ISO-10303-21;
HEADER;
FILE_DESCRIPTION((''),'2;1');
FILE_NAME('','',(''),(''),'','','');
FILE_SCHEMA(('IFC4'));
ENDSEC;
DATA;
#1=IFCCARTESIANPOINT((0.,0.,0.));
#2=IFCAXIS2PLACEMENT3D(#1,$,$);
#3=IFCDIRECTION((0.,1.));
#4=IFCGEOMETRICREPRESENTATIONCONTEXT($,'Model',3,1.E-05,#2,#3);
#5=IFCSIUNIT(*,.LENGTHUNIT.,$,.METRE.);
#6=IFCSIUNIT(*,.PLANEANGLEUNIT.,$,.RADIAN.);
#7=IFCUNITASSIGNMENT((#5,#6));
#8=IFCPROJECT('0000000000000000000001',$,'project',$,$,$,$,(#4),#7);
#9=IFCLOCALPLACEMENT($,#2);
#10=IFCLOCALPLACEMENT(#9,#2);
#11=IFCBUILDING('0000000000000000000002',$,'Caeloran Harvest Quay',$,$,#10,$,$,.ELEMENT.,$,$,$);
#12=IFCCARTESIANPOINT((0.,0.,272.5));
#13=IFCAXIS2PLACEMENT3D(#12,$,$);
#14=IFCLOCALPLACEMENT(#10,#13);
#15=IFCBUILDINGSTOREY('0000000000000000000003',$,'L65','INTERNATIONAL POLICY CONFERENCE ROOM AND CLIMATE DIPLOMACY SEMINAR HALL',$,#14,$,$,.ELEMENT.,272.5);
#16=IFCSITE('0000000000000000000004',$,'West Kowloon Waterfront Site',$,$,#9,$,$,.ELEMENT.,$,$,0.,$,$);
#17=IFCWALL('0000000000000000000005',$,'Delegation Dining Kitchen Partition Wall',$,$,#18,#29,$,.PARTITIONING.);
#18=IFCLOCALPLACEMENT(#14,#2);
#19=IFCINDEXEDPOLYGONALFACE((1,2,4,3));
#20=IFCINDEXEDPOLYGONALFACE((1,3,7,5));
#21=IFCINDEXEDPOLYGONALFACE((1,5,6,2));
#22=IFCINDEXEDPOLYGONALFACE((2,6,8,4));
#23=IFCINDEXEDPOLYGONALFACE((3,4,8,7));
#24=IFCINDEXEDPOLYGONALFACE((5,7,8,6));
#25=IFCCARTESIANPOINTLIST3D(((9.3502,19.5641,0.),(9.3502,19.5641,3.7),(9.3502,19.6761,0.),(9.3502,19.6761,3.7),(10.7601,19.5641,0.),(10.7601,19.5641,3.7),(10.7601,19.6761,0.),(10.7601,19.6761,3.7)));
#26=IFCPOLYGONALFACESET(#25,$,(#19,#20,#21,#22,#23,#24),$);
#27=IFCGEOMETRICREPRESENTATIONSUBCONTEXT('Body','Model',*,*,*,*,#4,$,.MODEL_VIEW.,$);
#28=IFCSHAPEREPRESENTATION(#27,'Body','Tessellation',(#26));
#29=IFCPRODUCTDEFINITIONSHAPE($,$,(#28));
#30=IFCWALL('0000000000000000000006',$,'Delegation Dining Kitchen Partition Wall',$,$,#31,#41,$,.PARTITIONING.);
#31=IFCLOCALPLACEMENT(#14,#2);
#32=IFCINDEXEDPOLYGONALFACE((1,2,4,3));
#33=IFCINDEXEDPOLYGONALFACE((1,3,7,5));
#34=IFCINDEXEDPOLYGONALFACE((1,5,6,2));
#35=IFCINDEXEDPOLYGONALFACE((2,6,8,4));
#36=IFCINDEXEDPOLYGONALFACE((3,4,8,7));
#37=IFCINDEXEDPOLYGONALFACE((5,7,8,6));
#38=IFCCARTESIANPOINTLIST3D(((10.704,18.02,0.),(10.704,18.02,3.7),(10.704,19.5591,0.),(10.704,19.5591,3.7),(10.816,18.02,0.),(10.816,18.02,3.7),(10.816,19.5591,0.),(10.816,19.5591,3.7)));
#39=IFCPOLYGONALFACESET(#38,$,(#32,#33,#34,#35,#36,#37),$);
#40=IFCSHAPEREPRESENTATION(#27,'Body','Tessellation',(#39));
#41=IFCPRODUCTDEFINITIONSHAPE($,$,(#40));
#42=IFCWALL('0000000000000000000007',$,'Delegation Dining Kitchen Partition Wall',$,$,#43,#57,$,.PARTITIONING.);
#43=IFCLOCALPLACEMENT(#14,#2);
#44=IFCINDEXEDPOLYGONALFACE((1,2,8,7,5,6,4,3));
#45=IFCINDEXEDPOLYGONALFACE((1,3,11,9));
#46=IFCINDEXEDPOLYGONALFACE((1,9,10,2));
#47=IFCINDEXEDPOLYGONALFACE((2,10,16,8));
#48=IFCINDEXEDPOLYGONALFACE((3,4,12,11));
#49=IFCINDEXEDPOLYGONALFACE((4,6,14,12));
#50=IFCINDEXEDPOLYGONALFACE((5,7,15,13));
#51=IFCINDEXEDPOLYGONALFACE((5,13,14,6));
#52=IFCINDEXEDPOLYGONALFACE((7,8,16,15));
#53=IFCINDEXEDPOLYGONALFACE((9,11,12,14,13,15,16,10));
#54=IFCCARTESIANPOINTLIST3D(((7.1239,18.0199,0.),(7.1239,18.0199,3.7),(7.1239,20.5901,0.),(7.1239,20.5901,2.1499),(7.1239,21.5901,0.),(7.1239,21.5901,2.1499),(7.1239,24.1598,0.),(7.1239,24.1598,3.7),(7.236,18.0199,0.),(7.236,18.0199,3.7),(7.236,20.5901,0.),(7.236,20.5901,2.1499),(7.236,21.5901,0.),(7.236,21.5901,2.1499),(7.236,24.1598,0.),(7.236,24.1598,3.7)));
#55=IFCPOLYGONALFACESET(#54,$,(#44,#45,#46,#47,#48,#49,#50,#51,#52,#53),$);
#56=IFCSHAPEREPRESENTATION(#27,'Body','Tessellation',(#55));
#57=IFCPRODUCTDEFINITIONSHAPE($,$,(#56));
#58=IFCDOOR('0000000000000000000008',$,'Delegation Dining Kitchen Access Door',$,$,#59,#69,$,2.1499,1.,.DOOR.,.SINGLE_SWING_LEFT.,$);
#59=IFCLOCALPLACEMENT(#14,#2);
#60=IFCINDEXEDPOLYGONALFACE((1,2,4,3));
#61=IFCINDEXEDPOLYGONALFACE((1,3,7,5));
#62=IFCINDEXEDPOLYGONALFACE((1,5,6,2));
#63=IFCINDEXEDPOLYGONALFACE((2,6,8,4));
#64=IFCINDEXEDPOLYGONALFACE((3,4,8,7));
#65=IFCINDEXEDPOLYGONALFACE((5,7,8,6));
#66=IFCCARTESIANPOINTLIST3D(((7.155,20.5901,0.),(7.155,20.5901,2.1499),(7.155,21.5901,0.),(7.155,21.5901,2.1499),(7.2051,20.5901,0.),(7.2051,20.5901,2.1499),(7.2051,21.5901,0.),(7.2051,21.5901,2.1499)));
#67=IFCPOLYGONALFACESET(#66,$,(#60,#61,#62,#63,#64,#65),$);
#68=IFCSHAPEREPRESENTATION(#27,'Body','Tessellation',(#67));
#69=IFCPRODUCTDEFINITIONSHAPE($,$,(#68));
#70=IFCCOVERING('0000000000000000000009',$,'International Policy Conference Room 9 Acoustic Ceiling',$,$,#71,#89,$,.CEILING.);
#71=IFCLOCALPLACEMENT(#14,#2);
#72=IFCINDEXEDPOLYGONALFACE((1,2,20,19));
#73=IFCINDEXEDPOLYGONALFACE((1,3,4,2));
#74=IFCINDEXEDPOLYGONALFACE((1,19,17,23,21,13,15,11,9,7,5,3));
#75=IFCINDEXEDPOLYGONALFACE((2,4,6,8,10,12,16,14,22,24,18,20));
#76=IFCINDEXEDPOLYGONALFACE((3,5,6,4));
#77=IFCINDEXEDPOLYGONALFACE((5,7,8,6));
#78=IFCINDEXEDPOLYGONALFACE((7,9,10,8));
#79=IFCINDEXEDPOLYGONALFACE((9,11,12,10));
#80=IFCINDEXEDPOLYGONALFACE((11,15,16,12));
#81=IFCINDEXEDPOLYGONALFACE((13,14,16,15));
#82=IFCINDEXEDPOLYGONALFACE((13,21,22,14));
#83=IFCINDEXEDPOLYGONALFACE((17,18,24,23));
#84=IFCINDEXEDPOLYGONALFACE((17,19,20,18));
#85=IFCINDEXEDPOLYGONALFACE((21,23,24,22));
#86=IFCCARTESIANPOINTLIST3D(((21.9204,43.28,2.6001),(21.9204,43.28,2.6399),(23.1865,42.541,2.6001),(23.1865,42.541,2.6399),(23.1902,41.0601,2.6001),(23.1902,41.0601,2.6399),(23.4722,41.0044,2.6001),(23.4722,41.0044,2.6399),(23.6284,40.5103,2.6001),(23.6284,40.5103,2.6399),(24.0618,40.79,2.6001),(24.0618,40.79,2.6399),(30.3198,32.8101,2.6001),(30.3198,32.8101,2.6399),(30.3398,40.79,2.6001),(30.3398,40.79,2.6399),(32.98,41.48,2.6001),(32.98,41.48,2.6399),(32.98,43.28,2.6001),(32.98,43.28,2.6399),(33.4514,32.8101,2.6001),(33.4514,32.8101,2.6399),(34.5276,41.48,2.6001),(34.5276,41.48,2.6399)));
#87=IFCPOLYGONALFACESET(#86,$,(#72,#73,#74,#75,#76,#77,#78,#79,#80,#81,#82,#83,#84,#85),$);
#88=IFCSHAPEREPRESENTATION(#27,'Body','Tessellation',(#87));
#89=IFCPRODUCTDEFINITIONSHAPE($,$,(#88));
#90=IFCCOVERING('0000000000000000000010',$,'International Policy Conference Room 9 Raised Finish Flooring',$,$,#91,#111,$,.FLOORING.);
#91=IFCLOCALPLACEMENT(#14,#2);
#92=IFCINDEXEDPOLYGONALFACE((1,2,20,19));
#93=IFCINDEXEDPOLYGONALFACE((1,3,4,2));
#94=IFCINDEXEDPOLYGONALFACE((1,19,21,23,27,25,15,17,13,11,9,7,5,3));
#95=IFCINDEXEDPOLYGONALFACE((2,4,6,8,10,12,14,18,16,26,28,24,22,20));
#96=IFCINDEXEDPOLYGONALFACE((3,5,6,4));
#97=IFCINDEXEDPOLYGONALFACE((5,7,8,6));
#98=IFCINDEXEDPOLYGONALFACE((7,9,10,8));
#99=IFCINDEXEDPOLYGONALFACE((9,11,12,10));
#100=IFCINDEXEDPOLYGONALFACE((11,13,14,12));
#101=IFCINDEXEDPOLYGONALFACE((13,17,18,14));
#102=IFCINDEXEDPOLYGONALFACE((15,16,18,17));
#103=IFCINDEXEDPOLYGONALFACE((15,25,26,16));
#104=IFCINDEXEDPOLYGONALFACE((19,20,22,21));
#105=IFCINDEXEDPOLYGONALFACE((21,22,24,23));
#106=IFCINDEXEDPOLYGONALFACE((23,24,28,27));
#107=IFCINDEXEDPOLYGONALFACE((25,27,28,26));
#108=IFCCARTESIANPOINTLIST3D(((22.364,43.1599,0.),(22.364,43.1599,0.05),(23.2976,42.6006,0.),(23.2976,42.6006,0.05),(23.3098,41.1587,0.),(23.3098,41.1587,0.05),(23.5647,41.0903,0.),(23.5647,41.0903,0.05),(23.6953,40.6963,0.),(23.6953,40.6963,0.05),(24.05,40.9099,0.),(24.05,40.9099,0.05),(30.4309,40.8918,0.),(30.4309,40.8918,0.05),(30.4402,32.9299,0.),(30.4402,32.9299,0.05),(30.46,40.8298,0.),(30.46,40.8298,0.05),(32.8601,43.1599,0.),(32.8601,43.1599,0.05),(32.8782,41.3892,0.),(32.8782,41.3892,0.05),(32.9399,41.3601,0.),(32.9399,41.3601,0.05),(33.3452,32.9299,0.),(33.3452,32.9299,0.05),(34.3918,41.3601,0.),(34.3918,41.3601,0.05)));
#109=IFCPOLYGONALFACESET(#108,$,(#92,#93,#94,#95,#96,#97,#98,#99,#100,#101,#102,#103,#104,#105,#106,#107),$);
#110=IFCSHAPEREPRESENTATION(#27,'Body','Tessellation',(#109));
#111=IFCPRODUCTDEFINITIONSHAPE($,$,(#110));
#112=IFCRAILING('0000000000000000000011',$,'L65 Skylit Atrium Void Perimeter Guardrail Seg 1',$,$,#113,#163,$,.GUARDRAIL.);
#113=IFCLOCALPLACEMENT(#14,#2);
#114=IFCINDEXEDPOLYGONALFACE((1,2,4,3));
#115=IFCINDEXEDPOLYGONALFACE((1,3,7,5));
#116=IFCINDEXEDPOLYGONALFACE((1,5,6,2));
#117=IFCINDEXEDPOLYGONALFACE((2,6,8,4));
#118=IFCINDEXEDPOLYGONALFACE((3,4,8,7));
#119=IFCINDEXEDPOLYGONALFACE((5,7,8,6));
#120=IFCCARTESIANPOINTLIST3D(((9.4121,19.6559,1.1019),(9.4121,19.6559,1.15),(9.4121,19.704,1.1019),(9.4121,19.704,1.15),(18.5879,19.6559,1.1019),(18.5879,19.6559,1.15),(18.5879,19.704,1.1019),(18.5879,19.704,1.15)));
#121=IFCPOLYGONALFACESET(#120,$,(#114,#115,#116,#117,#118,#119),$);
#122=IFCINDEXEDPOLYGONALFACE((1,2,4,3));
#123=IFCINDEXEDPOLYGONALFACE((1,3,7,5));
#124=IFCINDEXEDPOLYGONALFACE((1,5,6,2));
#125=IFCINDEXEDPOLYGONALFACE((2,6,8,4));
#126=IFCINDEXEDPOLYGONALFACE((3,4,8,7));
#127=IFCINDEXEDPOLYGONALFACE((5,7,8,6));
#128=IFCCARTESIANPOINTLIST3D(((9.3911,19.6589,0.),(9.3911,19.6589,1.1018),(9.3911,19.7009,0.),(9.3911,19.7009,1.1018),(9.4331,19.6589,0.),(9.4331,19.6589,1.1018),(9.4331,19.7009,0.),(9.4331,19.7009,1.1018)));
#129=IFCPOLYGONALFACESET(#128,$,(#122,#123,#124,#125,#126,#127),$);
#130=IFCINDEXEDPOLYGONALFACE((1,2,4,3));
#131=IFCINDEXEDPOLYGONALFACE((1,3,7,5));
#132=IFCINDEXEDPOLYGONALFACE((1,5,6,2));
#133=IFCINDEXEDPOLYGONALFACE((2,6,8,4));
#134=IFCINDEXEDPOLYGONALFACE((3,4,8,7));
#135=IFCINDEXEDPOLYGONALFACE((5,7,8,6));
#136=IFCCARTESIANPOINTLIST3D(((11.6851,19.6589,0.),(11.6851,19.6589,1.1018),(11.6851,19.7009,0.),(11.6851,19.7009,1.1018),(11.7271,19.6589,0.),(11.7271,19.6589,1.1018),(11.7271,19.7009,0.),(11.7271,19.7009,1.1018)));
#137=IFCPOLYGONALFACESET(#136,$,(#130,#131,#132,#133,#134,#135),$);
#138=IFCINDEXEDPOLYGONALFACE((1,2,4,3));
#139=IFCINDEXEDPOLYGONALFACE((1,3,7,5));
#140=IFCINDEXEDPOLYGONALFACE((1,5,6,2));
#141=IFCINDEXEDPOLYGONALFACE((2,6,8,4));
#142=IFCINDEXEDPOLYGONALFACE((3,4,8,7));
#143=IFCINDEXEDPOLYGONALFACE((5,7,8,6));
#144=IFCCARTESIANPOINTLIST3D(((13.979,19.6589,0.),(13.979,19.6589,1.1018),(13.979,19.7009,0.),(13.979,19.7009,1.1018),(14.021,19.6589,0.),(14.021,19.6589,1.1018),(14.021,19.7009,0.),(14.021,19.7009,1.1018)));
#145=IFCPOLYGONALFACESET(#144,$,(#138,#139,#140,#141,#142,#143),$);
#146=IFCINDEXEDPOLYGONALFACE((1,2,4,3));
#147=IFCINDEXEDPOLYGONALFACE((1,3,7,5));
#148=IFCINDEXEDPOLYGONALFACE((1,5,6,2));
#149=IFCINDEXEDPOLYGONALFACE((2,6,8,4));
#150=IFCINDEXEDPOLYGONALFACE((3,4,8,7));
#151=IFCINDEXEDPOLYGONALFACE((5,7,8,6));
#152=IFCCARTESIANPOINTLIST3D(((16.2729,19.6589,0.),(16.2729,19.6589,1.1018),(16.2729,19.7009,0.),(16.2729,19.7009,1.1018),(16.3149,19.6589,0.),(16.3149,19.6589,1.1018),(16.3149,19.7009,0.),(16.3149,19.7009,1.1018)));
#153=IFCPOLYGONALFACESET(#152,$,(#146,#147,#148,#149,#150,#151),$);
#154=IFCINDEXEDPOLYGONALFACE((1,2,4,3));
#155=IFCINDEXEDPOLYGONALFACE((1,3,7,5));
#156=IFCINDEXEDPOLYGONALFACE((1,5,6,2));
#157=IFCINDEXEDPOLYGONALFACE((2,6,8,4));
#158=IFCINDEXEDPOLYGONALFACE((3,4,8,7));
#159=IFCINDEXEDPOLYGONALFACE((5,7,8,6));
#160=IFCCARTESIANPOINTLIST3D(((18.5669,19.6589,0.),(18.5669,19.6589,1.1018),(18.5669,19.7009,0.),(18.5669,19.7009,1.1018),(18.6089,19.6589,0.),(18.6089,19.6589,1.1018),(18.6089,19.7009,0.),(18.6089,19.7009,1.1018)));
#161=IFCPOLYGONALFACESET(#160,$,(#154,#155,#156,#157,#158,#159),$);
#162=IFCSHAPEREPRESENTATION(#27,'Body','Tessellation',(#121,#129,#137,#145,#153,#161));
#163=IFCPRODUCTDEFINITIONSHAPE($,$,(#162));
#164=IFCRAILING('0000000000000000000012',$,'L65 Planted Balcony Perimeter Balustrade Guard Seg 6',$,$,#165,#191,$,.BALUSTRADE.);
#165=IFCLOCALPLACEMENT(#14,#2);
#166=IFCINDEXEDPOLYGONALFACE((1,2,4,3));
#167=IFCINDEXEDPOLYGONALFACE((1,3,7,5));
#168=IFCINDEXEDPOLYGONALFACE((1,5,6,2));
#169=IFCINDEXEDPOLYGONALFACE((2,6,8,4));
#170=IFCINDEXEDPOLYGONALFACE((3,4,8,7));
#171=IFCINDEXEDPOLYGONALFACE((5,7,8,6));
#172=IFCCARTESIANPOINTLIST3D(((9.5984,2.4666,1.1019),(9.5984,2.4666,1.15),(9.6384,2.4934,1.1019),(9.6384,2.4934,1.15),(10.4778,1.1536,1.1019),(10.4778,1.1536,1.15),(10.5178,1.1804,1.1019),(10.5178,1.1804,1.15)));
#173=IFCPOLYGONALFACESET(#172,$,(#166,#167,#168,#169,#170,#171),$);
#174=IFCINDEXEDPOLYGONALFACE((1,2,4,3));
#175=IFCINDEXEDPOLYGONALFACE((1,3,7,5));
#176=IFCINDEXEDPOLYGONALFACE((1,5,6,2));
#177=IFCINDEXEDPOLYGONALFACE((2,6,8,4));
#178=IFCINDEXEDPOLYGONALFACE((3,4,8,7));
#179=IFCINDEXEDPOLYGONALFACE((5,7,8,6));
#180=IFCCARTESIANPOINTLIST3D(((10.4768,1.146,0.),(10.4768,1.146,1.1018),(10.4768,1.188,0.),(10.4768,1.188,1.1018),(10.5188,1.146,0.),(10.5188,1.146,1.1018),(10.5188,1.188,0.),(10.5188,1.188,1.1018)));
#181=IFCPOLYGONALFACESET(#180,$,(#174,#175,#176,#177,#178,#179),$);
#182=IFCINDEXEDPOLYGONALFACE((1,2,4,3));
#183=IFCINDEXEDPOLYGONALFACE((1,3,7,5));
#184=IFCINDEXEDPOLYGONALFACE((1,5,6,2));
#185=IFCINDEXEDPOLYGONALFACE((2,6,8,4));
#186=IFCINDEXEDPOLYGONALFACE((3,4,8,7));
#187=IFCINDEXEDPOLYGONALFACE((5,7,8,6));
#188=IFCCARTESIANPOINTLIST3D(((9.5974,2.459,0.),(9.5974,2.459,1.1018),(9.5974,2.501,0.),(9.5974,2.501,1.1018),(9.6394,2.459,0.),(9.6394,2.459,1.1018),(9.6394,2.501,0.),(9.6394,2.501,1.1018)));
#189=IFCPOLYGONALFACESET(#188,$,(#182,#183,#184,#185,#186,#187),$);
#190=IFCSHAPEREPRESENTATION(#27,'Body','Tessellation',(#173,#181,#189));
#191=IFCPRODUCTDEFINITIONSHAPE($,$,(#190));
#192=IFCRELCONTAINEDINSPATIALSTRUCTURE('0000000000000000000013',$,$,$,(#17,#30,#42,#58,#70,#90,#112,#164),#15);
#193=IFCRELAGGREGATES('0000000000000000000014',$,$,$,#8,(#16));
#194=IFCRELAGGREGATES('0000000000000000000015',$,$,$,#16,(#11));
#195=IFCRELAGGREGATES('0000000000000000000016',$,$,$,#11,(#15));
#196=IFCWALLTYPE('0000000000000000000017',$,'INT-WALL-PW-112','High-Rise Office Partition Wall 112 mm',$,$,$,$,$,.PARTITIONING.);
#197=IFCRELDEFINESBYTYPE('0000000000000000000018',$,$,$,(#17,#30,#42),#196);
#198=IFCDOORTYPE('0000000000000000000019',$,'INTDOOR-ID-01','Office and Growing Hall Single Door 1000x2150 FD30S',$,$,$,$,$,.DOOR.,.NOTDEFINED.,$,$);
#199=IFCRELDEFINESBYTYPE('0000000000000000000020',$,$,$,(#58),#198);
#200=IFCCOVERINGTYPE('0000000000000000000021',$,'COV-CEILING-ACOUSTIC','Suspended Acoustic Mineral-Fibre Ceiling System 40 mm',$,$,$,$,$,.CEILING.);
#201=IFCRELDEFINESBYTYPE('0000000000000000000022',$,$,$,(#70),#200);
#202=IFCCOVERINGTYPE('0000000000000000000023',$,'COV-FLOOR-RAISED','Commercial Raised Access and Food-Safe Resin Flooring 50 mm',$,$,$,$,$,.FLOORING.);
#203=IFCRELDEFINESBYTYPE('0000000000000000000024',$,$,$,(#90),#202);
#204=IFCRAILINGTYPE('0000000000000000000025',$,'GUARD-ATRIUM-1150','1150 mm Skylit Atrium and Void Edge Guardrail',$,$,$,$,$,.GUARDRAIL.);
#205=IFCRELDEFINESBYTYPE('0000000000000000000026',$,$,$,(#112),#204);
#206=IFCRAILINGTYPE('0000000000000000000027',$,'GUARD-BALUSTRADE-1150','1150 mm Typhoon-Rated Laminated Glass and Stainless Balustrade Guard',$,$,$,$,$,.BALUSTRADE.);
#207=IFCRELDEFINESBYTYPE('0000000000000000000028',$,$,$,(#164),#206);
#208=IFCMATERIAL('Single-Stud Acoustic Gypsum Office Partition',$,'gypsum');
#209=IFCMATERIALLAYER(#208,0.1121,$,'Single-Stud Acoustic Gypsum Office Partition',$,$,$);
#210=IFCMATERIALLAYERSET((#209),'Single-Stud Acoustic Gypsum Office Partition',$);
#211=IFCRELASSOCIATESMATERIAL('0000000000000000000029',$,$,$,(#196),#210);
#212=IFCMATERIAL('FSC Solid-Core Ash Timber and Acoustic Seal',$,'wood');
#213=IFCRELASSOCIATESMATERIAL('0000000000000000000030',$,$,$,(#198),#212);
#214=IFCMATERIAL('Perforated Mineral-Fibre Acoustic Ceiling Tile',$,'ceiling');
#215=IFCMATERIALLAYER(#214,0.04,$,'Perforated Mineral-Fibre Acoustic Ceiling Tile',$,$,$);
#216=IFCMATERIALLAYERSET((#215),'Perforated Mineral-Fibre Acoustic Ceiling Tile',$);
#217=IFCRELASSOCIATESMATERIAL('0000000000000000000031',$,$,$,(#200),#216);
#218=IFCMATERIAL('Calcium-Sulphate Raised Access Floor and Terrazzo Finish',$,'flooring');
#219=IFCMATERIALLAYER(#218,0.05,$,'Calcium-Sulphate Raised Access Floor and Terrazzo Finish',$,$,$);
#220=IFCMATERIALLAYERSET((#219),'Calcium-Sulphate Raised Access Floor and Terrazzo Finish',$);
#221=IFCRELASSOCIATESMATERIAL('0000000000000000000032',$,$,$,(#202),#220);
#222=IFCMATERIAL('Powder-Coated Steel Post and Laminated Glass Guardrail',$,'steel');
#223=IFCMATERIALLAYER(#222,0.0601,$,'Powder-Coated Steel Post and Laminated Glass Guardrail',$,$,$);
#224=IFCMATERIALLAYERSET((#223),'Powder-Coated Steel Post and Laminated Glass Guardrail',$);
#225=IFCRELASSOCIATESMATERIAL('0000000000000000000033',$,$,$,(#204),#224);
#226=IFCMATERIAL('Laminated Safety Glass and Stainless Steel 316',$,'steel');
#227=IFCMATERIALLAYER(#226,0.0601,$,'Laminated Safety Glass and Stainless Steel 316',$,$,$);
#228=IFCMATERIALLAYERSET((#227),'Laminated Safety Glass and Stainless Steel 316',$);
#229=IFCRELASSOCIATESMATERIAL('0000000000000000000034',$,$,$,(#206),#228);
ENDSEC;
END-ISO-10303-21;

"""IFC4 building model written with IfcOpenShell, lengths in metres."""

from ifc_helpers import new_model, si_unit, direction, frame, frame_2d, origin, origin_2d, place, context, subcontext, project, spatial, polyline, rectangle, outline, extrude, material, layer, layer_set, type_object, element, fill, save


model = new_model("IFC4")

# Units and contexts
model_context = context("Model", 3, precision=1e-05, world=origin(), true_north=direction((0.0, 1.0)))
body_context = subcontext(model_context, "Body", "Model", "MODEL_VIEW")
ifc_project = project(units=[si_unit("LENGTHUNIT", "METRE"), si_unit("PLANEANGLEUNIT", "RADIAN")], contexts=[model_context])

# Site, building, storey
site_placement = place(None, origin())
site = spatial("IfcSite", under=ifc_project, at=site_placement, Name="West Kowloon Waterfront Site", CompositionType="ELEMENT", RefElevation=0.0)
building_placement = place(site_placement, origin())
building = spatial("IfcBuilding", under=site, at=building_placement, Name="Caeloran Harvest Quay", CompositionType="ELEMENT")
storey_placement = place(building_placement, frame((0.0, 0.0, 272.5)))
storey = spatial("IfcBuildingStorey", under=building, at=storey_placement, Name="L65", Description="INTERNATIONAL POLICY CONFERENCE ROOM AND CLIMATE DIPLOMACY SEMINAR HALL", CompositionType="ELEMENT", Elevation=272.5)

# Shared definitions
ifc_material_1 = material(Name="Single-Stud Acoustic Gypsum Office Partition", Category="gypsum")
ifc_layer_1 = layer(ifc_material_1, 0.1121, Name="Single-Stud Acoustic Gypsum Office Partition")
ifc_layer_set_1 = layer_set([ifc_layer_1], Name="Single-Stud Acoustic Gypsum Office Partition")
wall_type_1 = type_object("IfcWallType", Name="INT-WALL-PW-112", Description="High-Rise Office Partition Wall 112 mm", PredefinedType="PARTITIONING", material=ifc_layer_set_1)

# Shared definitions
ifc_material_2 = material(Name="FSC Solid-Core Ash Timber and Acoustic Seal", Category="wood")
door_type = type_object("IfcDoorType", Name="INTDOOR-ID-01", Description="Office and Growing Hall Single Door 1000x2150 FD30S", OperationType="NOTDEFINED", PredefinedType="DOOR", material=ifc_material_2)

# Walls
wall_1_placement = place(storey_placement, frame((9.3501, 19.6201, 0.0), z_axis=(0.0, 0.0, 1.0), x_axis=(1.0, 0.0, 0.0)))
element("IfcWall", 1, at=wall_1_placement, inside=storey, type_object=wall_type_1, Name="Delegation Dining Kitchen Partition Wall", PredefinedType="PARTITIONING", context=body_context, shape_type="SweptSolid", body=[
    extrude(rectangle(XDim=1.4099, YDim=0.1121, at=frame_2d((0.7051, 0.0))), origin(), (0.0, 0.0, 1.0), 3.7),
])
wall_2_placement = place(storey_placement, frame((10.76, 19.5591, 0.0), z_axis=(0.0, 0.0, 1.0), x_axis=(0.0, -1.0, 0.0)))
element("IfcWall", 2, at=wall_2_placement, inside=storey, type_object=wall_type_1, Name="Delegation Dining Kitchen Partition Wall", PredefinedType="PARTITIONING", context=body_context, shape_type="SweptSolid", body=[
    extrude(rectangle(XDim=1.5391, YDim=0.1121, at=frame_2d((0.7695, 0.0))), origin(), (0.0, 0.0, 1.0), 3.7),
])

# Wall, opening, door
wall_3_placement = place(storey_placement, frame((7.1799, 18.02, 0.0), z_axis=(0.0, 0.0, 1.0), x_axis=(0.0, 1.0, 0.0)))
wall_3 = element("IfcWall", 3, at=wall_3_placement, inside=storey, type_object=wall_type_1, Name="Delegation Dining Kitchen Partition Wall", PredefinedType="PARTITIONING", context=body_context, shape_type="SweptSolid", body=[
    extrude(rectangle(XDim=6.1399, YDim=0.1121, at=frame_2d((3.0698, 0.0))), origin(), (0.0, 0.0, 1.0), 3.7),
])
opening_1_placement = place(wall_3_placement, frame((2.5701, 0.0, 0.0)))
opening_1 = element("IfcOpeningElement", 4, at=opening_1_placement, cuts=wall_3, PredefinedType="OPENING", context=body_context, shape_type="SweptSolid", body=[
    extrude(rectangle(XDim=1.0, YDim=2.1499, at=frame_2d((0.5, 1.075))), frame((0.0, 0.0659, 0.0), z_axis=(0.0, -1.0, 0.0), x_axis=(1.0, 0.0, 0.0)), (0.0, 0.0, 1.0), 0.1321),
])
door_1_placement = place(opening_1_placement, origin())
door_1 = element("IfcDoor", 5, at=door_1_placement, inside=storey, type_object=door_type, Name="Delegation Dining Kitchen Access Door", OperationType="SINGLE_SWING_LEFT", OverallHeight=2.1499, OverallWidth=1.0, PredefinedType="DOOR", context=body_context, shape_type="SweptSolid", body=[
    extrude(rectangle(XDim=1.0, YDim=2.1499, at=frame_2d((0.5, 1.075))), frame((0.0, 0.0249, 0.0), z_axis=(0.0, -1.0, 0.0), x_axis=(1.0, 0.0, 0.0)), (0.0, 0.0, 1.0), 0.05),
])
fill(opening_1, door_1)

# Coverings
ifc_material_3 = material(Name="Perforated Mineral-Fibre Acoustic Ceiling Tile", Category="ceiling")
ifc_layer_2 = layer(ifc_material_3, 0.04, Name="Perforated Mineral-Fibre Acoustic Ceiling Tile")
ifc_layer_set_2 = layer_set([ifc_layer_2], Name="Perforated Mineral-Fibre Acoustic Ceiling Tile")
covering_type_1 = type_object("IfcCoveringType", Name="COV-CEILING-ACOUSTIC", Description="Suspended Acoustic Mineral-Fibre Ceiling System 40 mm", PredefinedType="CEILING", material=ifc_layer_set_2)
covering_1_placement = place(storey_placement, frame((0.0, 0.0, 2.6001)))
element("IfcCovering", 6, at=covering_1_placement, inside=storey, type_object=covering_type_1, Name="International Policy Conference Room 9 Acoustic Ceiling", PredefinedType="CEILING", context=body_context, shape_type="SweptSolid", body=[
    extrude(outline(polyline([(23.1902, 41.0601), (23.1865, 42.541), (21.9204, 43.28), (32.98, 43.28), (32.98, 41.48), (34.5276, 41.48), (33.4514, 32.8101), (30.3198, 32.8101), (30.3398, 40.79), (24.0618, 40.79), (23.6284, 40.5103), (23.4722, 41.0044), (23.1902, 41.0601)])), origin(), (0.0, 0.0, 1.0), 0.0398),
])
ifc_material_4 = material(Name="Calcium-Sulphate Raised Access Floor and Terrazzo Finish", Category="flooring")
ifc_layer_3 = layer(ifc_material_4, 0.05, Name="Calcium-Sulphate Raised Access Floor and Terrazzo Finish")
ifc_layer_set_3 = layer_set([ifc_layer_3], Name="Calcium-Sulphate Raised Access Floor and Terrazzo Finish")
covering_type_2 = type_object("IfcCoveringType", Name="COV-FLOOR-RAISED", Description="Commercial Raised Access and Food-Safe Resin Flooring 50 mm", PredefinedType="FLOORING", material=ifc_layer_set_3)
covering_2_placement = place(storey_placement, origin())
element("IfcCovering", 7, at=covering_2_placement, inside=storey, type_object=covering_type_2, Name="International Policy Conference Room 9 Raised Finish Flooring", PredefinedType="FLOORING", context=body_context, shape_type="SweptSolid", body=[
    extrude(outline(polyline([(23.3098, 41.1587), (23.2976, 42.6006), (22.364, 43.1599), (32.8601, 43.1599), (32.8782, 41.3892), (32.9399, 41.3601), (34.3918, 41.3601), (33.3452, 32.9299), (30.4402, 32.9299), (30.46, 40.8298), (30.4309, 40.8918), (24.05, 40.9099), (23.6953, 40.6963), (23.5647, 41.0903), (23.3098, 41.1587)])), origin(), (0.0, 0.0, 1.0), 0.05),
])

# Railings
ifc_material_5 = material(Name="Powder-Coated Steel Post and Laminated Glass Guardrail", Category="steel")
ifc_layer_4 = layer(ifc_material_5, 0.0601, Name="Powder-Coated Steel Post and Laminated Glass Guardrail")
ifc_layer_set_4 = layer_set([ifc_layer_4], Name="Powder-Coated Steel Post and Laminated Glass Guardrail")
railing_type_1 = type_object("IfcRailingType", Name="GUARD-ATRIUM-1150", Description="1150 mm Skylit Atrium and Void Edge Guardrail", PredefinedType="GUARDRAIL", material=ifc_layer_set_4)
railing_1_placement = place(storey_placement, frame((9.4121, 19.6799, 0.0)))
element("IfcRailing", 8, at=railing_1_placement, inside=storey, type_object=railing_type_1, Name="L65 Skylit Atrium Void Perimeter Guardrail Seg 1", PredefinedType="GUARDRAIL", context=body_context, shape_type="SweptSolid", body=[
    extrude(rectangle(XDim=0.0481, YDim=0.0481, at=origin_2d()), frame((0.0, 0.0, 1.126), z_axis=(1.0, 0.0, 0.0), x_axis=(0.0, 1.0, 0.0)), (0.0, 0.0, 1.0), 9.1758),
    extrude(rectangle(XDim=0.042, YDim=0.042, at=origin_2d()), origin(), (0.0, 0.0, 1.0), 1.1018),
    extrude(rectangle(XDim=0.042, YDim=0.042, at=origin_2d()), frame((2.2939, 0.0, 0.0)), (0.0, 0.0, 1.0), 1.1018),
    extrude(rectangle(XDim=0.042, YDim=0.042, at=origin_2d()), frame((4.5879, 0.0, 0.0)), (0.0, 0.0, 1.0), 1.1018),
    extrude(rectangle(XDim=0.042, YDim=0.042, at=origin_2d()), frame((6.8818, 0.0, 0.0)), (0.0, 0.0, 1.0), 1.1018),
    extrude(rectangle(XDim=0.042, YDim=0.042, at=origin_2d()), frame((9.1758, 0.0, 0.0)), (0.0, 0.0, 1.0), 1.1018),
])
ifc_material_6 = material(Name="Laminated Safety Glass and Stainless Steel 316", Category="steel")
ifc_layer_5 = layer(ifc_material_6, 0.0601, Name="Laminated Safety Glass and Stainless Steel 316")
ifc_layer_set_5 = layer_set([ifc_layer_5], Name="Laminated Safety Glass and Stainless Steel 316")
railing_type_2 = type_object("IfcRailingType", Name="GUARD-BALUSTRADE-1150", Description="1150 mm Typhoon-Rated Laminated Glass and Stainless Balustrade Guard", PredefinedType="BALUSTRADE", material=ifc_layer_set_5)
railing_2_placement = place(storey_placement, frame((10.4978, 1.167, 0.0)))
element("IfcRailing", 9, at=railing_2_placement, inside=storey, type_object=railing_type_2, Name="L65 Planted Balcony Perimeter Balustrade Guard Seg 6", PredefinedType="BALUSTRADE", context=body_context, shape_type="SweptSolid", body=[
    extrude(rectangle(XDim=0.0481, YDim=0.0481, at=origin_2d()), frame((0.0, 0.0, 1.126), z_axis=(-0.556482, 0.83086, 0.0), x_axis=(-0.83086, -0.556482, 0.0)), (0.0, 0.0, 1.0), 1.5803),
    extrude(rectangle(XDim=0.042, YDim=0.042, at=origin_2d()), origin(), (0.0, 0.0, 1.0), 1.1018),
    extrude(rectangle(XDim=0.042, YDim=0.042, at=origin_2d()), frame((-0.8794, 1.313, 0.0)), (0.0, 0.0, 1.0), 1.1018),
])

save(model, "model.ifc")
